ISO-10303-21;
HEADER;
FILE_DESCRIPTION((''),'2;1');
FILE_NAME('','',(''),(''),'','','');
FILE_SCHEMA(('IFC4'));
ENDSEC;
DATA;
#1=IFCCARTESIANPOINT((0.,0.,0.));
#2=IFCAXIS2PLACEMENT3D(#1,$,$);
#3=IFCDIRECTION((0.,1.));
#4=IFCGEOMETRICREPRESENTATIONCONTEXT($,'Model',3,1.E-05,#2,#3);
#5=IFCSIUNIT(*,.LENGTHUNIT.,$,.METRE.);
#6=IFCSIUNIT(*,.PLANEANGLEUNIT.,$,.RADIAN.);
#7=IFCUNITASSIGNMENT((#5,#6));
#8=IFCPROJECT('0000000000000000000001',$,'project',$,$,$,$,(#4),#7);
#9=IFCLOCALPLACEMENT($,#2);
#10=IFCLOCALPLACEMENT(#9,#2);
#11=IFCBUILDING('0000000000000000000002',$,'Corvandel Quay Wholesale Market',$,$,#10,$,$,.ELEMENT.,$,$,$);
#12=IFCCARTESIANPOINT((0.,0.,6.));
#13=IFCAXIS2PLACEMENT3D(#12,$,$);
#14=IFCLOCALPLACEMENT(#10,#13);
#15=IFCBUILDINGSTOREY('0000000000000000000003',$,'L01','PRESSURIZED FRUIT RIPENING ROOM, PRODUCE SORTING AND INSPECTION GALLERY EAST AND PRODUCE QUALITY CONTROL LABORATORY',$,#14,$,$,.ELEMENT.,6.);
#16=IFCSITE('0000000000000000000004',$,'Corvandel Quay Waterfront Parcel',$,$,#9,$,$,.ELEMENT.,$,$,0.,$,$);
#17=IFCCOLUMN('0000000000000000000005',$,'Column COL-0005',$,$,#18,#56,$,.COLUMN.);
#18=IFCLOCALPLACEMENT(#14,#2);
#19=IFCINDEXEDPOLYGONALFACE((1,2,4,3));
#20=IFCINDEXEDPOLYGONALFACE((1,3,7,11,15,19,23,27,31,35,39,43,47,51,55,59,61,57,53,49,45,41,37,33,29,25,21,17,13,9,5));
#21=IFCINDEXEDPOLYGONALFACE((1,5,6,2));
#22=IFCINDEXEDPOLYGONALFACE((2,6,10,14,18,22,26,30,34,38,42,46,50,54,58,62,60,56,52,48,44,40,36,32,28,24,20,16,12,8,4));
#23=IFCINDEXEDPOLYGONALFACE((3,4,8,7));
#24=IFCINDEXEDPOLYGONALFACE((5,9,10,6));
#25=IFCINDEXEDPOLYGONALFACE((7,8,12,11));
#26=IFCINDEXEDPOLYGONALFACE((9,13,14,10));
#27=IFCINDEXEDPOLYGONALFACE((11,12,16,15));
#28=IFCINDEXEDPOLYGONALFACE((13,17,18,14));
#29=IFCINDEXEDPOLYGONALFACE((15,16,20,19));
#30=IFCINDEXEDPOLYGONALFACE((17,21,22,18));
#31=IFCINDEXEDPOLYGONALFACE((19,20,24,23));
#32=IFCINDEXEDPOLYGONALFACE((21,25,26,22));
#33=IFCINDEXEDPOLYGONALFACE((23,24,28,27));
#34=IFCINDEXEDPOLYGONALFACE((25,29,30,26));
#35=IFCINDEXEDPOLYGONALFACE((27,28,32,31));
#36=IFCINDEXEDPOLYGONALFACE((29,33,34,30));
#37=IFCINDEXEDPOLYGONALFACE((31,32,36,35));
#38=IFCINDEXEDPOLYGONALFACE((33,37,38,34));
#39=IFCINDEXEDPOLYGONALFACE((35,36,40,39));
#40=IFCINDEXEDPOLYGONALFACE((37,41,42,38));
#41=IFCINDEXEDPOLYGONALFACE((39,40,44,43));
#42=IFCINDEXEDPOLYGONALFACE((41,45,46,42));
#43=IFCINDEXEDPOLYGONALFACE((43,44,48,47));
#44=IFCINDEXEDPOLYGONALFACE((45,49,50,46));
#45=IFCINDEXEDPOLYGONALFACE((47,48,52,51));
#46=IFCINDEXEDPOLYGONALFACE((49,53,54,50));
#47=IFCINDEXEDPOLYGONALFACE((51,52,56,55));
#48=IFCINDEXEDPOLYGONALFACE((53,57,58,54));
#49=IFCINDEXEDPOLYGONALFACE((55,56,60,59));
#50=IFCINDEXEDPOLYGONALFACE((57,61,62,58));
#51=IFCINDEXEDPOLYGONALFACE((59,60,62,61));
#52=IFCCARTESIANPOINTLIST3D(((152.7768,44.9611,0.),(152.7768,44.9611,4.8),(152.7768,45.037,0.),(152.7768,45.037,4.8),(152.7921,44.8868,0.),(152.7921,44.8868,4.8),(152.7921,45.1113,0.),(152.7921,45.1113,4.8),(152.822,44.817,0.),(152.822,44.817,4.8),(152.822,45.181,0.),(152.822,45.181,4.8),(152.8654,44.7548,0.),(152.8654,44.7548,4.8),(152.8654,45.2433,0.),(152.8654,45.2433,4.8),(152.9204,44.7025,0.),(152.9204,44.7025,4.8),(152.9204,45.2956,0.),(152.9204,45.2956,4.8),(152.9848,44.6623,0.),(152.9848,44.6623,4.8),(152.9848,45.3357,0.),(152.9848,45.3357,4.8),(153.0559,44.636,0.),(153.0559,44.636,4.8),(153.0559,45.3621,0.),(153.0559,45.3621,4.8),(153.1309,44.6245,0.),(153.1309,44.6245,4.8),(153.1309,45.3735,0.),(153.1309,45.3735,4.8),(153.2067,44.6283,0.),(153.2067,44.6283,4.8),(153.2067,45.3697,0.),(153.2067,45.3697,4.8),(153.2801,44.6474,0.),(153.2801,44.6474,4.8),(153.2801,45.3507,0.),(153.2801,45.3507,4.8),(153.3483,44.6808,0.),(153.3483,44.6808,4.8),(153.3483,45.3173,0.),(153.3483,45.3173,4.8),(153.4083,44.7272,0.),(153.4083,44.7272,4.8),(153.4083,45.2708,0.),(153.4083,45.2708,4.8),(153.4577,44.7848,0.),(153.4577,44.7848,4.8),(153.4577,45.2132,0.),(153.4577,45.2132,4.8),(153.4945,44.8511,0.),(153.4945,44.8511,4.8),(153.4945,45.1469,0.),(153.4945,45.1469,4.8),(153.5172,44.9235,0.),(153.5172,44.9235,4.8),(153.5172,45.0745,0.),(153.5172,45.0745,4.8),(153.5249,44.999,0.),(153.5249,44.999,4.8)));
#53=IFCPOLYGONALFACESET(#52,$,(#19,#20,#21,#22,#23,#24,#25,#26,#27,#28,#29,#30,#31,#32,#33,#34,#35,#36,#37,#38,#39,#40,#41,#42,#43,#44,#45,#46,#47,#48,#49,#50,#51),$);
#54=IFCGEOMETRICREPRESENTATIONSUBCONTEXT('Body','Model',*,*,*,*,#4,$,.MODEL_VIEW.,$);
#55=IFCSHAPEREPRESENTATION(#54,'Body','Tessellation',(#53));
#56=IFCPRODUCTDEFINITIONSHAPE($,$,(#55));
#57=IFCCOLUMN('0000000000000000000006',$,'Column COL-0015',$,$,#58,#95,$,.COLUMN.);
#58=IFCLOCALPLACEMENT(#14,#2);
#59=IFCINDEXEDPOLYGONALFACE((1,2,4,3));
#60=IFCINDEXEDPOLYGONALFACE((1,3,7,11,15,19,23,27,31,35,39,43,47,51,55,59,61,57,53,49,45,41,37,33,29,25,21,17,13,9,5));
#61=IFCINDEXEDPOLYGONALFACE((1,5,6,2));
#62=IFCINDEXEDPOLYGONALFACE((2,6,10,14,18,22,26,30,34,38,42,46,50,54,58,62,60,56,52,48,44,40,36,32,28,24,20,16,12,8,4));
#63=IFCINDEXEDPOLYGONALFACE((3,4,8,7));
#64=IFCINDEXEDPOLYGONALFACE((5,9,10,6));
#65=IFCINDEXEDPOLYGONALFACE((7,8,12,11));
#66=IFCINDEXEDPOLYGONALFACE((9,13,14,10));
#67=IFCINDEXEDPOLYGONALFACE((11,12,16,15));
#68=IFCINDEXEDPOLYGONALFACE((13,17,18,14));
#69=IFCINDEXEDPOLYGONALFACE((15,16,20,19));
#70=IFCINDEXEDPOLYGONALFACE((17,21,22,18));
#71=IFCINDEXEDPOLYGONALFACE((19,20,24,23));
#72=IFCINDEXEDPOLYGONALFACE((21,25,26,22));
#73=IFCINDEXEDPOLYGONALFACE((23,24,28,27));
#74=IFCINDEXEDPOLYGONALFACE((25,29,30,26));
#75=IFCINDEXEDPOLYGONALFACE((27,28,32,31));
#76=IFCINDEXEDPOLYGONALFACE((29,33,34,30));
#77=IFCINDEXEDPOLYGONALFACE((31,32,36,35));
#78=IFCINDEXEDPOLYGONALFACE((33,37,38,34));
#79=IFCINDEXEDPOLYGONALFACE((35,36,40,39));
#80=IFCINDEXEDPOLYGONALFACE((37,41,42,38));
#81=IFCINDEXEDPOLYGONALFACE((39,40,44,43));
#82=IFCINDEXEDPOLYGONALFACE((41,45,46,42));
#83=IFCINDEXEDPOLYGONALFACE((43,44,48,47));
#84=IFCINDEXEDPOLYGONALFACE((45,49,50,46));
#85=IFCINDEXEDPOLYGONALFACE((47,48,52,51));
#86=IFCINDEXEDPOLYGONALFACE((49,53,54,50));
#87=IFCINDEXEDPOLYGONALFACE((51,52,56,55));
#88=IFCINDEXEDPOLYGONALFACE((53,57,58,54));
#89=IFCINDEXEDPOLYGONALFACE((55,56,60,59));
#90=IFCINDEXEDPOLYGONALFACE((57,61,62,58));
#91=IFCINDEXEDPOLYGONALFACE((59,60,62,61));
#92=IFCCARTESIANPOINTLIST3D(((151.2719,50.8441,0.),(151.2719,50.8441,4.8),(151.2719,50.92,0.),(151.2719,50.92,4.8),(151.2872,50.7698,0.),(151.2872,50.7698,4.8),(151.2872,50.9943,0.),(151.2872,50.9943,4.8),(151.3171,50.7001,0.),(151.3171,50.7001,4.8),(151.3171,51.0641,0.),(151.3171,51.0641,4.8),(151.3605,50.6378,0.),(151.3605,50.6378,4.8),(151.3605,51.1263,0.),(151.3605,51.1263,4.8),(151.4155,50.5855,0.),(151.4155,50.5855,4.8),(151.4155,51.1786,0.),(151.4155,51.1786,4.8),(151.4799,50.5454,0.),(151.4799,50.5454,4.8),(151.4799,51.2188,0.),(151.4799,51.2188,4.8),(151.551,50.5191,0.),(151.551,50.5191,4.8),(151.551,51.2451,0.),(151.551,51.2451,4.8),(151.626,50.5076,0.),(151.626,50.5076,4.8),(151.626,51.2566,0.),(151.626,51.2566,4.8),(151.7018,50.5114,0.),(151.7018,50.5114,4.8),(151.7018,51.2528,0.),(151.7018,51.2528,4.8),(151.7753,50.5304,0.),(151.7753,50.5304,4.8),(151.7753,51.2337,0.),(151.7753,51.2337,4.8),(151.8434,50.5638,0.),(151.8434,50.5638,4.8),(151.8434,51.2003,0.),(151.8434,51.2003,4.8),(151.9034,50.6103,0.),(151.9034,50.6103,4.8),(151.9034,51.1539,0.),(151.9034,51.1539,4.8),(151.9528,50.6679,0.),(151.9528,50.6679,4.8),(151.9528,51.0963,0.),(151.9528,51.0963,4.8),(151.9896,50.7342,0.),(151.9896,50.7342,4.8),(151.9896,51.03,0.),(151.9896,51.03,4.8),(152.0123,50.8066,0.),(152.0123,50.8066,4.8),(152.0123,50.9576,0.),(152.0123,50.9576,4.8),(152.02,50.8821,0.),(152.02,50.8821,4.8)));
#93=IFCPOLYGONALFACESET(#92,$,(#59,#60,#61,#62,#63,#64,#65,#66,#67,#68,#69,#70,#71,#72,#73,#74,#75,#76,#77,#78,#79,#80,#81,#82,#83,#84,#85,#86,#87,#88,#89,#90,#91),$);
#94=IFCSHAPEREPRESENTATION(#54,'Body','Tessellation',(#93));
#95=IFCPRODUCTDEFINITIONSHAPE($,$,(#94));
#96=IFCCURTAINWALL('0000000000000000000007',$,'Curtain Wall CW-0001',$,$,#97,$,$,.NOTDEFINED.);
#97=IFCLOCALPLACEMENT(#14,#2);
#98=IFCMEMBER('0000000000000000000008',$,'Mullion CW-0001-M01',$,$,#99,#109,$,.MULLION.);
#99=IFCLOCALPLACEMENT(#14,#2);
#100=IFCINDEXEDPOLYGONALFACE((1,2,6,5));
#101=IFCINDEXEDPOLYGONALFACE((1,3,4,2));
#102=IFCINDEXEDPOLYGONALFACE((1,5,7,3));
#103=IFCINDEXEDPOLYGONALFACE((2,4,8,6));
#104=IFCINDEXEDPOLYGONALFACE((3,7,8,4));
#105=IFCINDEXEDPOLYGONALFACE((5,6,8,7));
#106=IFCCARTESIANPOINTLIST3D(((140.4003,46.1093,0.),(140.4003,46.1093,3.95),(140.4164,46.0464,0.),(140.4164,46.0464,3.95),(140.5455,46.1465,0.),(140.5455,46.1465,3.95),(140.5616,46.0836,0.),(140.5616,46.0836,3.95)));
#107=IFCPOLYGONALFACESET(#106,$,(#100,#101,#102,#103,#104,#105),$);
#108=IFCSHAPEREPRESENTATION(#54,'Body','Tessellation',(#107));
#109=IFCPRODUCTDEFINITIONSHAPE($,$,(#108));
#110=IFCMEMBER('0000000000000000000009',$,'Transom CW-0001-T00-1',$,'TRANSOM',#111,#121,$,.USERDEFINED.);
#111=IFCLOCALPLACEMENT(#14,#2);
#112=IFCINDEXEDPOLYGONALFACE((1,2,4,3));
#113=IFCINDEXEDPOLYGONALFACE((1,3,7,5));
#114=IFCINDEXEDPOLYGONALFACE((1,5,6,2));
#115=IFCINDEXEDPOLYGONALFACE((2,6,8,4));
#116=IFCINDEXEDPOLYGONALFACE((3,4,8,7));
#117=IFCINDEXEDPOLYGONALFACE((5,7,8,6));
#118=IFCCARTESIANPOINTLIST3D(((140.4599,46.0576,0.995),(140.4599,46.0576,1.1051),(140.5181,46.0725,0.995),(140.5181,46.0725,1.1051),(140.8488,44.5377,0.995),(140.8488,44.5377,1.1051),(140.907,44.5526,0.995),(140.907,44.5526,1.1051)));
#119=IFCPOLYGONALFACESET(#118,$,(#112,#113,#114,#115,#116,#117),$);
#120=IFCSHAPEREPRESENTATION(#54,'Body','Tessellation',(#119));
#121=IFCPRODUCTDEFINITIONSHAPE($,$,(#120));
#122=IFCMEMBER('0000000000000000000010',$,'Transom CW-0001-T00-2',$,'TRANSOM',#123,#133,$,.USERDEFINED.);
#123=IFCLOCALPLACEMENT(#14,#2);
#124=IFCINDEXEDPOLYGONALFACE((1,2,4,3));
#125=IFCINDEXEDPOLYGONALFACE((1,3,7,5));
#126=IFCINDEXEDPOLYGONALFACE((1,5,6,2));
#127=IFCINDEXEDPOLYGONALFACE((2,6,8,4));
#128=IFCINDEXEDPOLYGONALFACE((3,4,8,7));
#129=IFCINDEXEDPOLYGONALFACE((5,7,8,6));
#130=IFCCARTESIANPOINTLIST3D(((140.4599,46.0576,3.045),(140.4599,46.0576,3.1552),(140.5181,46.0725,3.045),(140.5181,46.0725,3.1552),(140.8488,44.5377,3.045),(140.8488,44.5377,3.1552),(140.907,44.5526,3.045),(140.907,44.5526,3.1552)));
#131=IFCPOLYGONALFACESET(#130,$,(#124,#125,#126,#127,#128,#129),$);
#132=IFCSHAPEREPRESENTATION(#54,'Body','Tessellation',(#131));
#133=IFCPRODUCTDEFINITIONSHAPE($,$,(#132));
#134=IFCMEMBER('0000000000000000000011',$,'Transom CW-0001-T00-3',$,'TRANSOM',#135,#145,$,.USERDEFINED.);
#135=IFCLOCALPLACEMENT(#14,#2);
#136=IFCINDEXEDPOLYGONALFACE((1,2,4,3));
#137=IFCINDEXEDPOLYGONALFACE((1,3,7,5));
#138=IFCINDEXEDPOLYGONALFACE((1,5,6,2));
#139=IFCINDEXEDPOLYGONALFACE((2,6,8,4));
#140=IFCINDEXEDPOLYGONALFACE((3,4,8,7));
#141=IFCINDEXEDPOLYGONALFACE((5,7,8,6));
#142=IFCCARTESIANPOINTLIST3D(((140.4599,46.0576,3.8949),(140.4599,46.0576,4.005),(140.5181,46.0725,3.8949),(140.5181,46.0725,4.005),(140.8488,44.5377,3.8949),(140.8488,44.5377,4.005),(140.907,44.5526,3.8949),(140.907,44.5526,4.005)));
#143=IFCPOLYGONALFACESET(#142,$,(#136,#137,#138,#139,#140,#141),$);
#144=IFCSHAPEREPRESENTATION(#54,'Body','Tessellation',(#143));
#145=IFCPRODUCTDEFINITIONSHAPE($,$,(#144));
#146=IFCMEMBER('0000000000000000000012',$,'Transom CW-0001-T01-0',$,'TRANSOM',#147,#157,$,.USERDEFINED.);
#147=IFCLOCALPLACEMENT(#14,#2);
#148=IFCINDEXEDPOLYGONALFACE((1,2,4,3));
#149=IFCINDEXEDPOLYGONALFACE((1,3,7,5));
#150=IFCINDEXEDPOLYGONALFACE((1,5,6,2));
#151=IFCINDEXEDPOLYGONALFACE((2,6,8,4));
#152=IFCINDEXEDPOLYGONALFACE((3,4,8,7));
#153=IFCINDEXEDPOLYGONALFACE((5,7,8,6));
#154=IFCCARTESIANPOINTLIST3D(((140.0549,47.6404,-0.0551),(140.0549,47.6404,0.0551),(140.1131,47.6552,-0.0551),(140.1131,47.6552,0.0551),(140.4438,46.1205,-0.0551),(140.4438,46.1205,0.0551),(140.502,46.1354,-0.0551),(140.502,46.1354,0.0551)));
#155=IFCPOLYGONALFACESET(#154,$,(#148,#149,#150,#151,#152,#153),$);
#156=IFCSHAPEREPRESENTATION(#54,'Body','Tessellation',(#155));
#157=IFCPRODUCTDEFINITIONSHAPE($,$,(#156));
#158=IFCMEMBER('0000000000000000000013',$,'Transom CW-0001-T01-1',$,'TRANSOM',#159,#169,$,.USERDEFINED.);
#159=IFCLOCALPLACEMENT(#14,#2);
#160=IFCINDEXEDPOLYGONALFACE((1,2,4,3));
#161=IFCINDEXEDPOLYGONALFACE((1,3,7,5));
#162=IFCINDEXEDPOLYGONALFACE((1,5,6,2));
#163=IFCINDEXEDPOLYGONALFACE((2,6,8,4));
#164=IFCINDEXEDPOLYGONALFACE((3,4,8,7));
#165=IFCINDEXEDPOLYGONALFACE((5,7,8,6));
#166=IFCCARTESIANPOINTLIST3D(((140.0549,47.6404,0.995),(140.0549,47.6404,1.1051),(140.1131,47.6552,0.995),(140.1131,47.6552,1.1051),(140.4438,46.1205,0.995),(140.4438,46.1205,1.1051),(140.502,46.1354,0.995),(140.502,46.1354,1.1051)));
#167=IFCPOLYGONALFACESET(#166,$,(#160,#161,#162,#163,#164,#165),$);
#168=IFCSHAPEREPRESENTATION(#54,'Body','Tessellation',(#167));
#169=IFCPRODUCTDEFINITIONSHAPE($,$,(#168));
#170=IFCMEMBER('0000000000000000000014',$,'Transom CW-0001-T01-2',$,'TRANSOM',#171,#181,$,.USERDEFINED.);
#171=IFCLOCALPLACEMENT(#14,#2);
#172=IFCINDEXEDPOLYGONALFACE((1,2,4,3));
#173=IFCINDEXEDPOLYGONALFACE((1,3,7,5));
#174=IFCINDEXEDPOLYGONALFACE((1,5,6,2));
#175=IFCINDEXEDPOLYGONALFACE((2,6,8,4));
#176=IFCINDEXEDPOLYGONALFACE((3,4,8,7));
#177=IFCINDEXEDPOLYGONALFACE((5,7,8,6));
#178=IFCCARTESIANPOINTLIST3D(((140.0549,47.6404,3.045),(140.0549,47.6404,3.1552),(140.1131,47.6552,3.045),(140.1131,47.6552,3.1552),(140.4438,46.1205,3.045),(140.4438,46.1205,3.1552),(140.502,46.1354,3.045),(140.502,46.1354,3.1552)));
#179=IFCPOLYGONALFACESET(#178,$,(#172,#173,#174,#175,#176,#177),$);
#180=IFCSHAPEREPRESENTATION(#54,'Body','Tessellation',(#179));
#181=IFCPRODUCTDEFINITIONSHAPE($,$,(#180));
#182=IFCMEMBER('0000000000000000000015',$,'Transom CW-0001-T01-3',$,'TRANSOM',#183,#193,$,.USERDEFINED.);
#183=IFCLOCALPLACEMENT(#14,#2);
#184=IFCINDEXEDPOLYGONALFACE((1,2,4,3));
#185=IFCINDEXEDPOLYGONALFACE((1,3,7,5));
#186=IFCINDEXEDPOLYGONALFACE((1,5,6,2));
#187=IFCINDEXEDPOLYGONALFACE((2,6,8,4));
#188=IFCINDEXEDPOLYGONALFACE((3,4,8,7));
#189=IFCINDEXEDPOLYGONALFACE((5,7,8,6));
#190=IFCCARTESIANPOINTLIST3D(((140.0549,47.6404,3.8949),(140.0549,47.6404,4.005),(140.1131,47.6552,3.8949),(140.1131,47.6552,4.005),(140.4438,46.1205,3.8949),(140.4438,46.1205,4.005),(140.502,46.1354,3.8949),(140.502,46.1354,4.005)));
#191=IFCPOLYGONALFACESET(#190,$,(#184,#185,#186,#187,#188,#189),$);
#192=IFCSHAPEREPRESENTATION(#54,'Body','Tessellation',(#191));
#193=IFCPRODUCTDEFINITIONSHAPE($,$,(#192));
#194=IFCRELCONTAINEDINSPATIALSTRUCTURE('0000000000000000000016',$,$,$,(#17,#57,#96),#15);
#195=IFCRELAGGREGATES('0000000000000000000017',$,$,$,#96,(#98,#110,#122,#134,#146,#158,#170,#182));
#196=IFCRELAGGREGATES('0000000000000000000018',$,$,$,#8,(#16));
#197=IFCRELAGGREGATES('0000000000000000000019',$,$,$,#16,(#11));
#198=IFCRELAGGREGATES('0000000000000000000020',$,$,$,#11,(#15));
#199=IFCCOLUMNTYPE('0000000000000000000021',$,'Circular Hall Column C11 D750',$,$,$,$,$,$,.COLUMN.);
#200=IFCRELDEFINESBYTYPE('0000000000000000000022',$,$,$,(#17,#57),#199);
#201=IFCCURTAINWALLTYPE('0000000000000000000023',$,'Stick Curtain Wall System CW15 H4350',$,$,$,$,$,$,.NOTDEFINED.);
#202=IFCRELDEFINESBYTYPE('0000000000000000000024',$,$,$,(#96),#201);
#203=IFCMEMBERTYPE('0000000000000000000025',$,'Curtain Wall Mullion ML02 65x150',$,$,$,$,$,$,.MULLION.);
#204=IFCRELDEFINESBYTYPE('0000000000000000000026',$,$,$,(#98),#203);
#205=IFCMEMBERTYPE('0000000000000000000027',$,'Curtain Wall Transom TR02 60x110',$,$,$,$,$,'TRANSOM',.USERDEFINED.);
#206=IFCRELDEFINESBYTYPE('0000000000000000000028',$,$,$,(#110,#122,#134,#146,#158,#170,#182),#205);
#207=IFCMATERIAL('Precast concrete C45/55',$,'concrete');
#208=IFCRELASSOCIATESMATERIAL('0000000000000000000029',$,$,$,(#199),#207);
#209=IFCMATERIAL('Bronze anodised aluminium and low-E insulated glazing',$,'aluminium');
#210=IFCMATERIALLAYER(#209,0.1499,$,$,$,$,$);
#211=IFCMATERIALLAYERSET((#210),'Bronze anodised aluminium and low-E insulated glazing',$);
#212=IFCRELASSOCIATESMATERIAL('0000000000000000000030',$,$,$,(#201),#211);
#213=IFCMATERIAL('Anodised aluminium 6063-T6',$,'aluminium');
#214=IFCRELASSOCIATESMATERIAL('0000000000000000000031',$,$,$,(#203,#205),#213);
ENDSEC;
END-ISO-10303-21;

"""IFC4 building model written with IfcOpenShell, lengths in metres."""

from ifc_helpers import new_model, si_unit, direction, frame, origin, origin_2d, place, context, subcontext, project, spatial, rectangle, circle, extrude, material, layer, layer_set, material_profile, profile_set, type_object, element, aggregate, save


model = new_model("IFC4")

# Units and contexts
model_context = context("Model", 3, precision=1e-05, world=origin(), true_north=direction((0.0, 1.0)))
body_context = subcontext(model_context, "Body", "Model", "MODEL_VIEW")
ifc_project = project(units=[si_unit("LENGTHUNIT", "METRE"), si_unit("PLANEANGLEUNIT", "RADIAN")], contexts=[model_context])

# Site, building, storey
site_placement = place(None, origin())
site = spatial("IfcSite", under=ifc_project, at=site_placement, Name="Corvandel Quay Waterfront Parcel", CompositionType="ELEMENT", RefElevation=0.0)
building_placement = place(site_placement, origin())
building = spatial("IfcBuilding", under=site, at=building_placement, Name="Corvandel Quay Wholesale Market", CompositionType="ELEMENT")
storey_placement = place(building_placement, frame((0.0, 0.0, 6.0)))
storey = spatial("IfcBuildingStorey", under=building, at=storey_placement, Name="L01", Description="PRESSURIZED FRUIT RIPENING ROOM, PRODUCE SORTING AND INSPECTION GALLERY EAST AND PRODUCE QUALITY CONTROL LABORATORY", CompositionType="ELEMENT", Elevation=6.0)

# Columns
ifc_material_1 = material(Name="Precast concrete C45/55", Category="concrete")
ifc_material_profile_1 = material_profile(ifc_material_1, circle(Radius=0.375, at=origin_2d()), Name="PC-COL-D750")
ifc_profile_set_1 = profile_set([ifc_material_profile_1], Name="Precast concrete C45/55")
column_type = type_object("IfcColumnType", Name="Circular Hall Column C11 D750", PredefinedType="COLUMN", material=ifc_profile_set_1)
for number, where, z_axis, x_axis, name in (
    (1, (153.1499, 44.999, 0.0), (0.0, 0.0, 1.0), (1.0, 0.0, 0.0), "Column COL-0005"),
    (2, (151.645, 50.8821, 0.0), (0.0, 0.0, 1.0), (1.0, 0.0, 0.0), "Column COL-0015"),
):
    element("IfcColumn", number, at=place(storey_placement, frame(where, z_axis=z_axis, x_axis=x_axis)), inside=storey, type_object=column_type, Name=name, PredefinedType="COLUMN", context=body_context, shape_type="SweptSolid", body=[
        extrude(circle(Radius=0.375, at=origin_2d()), origin(), (0.0, 0.0, 1.0), 4.8),
    ])

# Curtain wall, members
ifc_material_2 = material(Name="Bronze anodised aluminium and low-E insulated glazing", Category="aluminium")
ifc_layer_1 = layer(ifc_material_2, 0.1499)
ifc_layer_set_1 = layer_set([ifc_layer_1], Name="Bronze anodised aluminium and low-E insulated glazing")
curtain_wall_type = type_object("IfcCurtainWallType", Name="Stick Curtain Wall System CW15 H4350", PredefinedType="NOTDEFINED", material=ifc_layer_set_1)
curtain_wall_placement = place(storey_placement, origin())
curtain_wall = element("IfcCurtainWall", 3, at=curtain_wall_placement, inside=storey, type_object=curtain_wall_type, Name="Curtain Wall CW-0001", PredefinedType="NOTDEFINED")
ifc_material_3 = material(Name="Anodised aluminium 6063-T6", Category="aluminium")
ifc_material_profile_2 = material_profile(ifc_material_3, rectangle(XDim=0.0649, YDim=0.1499, at=origin_2d()), Name="ALU-MUL-65x150")
ifc_profile_set_2 = profile_set([ifc_material_profile_2], Name="Anodised aluminium 6063-T6")
member_type_1 = type_object("IfcMemberType", Name="Curtain Wall Mullion ML02 65x150", PredefinedType="MULLION", material=ifc_profile_set_2)
member_1_placement = place(storey_placement, frame((140.481, 46.0964, 0.0), z_axis=(0.0, 0.0, 1.0), x_axis=(-0.247845, 0.9688, 0.0)))
member_1 = element("IfcMember", 4, at=member_1_placement, type_object=member_type_1, Name="Mullion CW-0001-M01", PredefinedType="MULLION", context=body_context, shape_type="SweptSolid", body=[
    extrude(rectangle(XDim=0.0649, YDim=0.1499, at=origin_2d()), origin(), (0.0, 0.0, 1.0), 3.95),
])
ifc_material_profile_3 = material_profile(ifc_material_3, rectangle(XDim=0.0601, YDim=0.1101, at=origin_2d()), Name="ALU-TRN-60x110")
ifc_profile_set_3 = profile_set([ifc_material_profile_3], Name="Anodised aluminium 6063-T6")
member_type_2 = type_object("IfcMemberType", Name="Curtain Wall Transom TR02 60x110", ElementType="TRANSOM", PredefinedType="USERDEFINED", material=ifc_profile_set_3)
member_2_placement = place(storey_placement, frame((140.8779, 44.5452, 1.05), z_axis=(-0.247915, 0.968782, 0.0), x_axis=(-0.968782, -0.247915, 0.0)))
member_2 = element("IfcMember", 5, at=member_2_placement, type_object=member_type_2, Name="Transom CW-0001-T00-1", ObjectType="TRANSOM", PredefinedType="USERDEFINED", context=body_context, shape_type="SweptSolid", body=[
    extrude(rectangle(XDim=0.0601, YDim=0.1101, at=origin_2d()), origin(), (0.0, 0.0, 1.0), 1.5688),
])
member_3_placement = place(storey_placement, frame((140.8779, 44.5452, 3.1001), z_axis=(-0.247915, 0.968782, 0.0), x_axis=(-0.968782, -0.247915, 0.0)))
member_3 = element("IfcMember", 6, at=member_3_placement, type_object=member_type_2, Name="Transom CW-0001-T00-2", ObjectType="TRANSOM", PredefinedType="USERDEFINED", context=body_context, shape_type="SweptSolid", body=[
    extrude(rectangle(XDim=0.0601, YDim=0.1101, at=origin_2d()), origin(), (0.0, 0.0, 1.0), 1.5688),
])
member_4_placement = place(storey_placement, frame((140.8779, 44.5452, 3.95), z_axis=(-0.247915, 0.968782, 0.0), x_axis=(-0.968782, -0.247915, 0.0)))
member_4 = element("IfcMember", 7, at=member_4_placement, type_object=member_type_2, Name="Transom CW-0001-T00-3", ObjectType="TRANSOM", PredefinedType="USERDEFINED", context=body_context, shape_type="SweptSolid", body=[
    extrude(rectangle(XDim=0.0601, YDim=0.1101, at=origin_2d()), origin(), (0.0, 0.0, 1.0), 1.5688),
])
member_5_placement = place(storey_placement, frame((140.4729, 46.1279, 0.0), z_axis=(-0.247915, 0.968782, 0.0), x_axis=(-0.968782, -0.247915, 0.0)))
member_5 = element("IfcMember", 8, at=member_5_placement, type_object=member_type_2, Name="Transom CW-0001-T01-0", ObjectType="TRANSOM", PredefinedType="USERDEFINED", context=body_context, shape_type="SweptSolid", body=[
    extrude(rectangle(XDim=0.0601, YDim=0.1101, at=origin_2d()), origin(), (0.0, 0.0, 1.0), 1.5688),
])
member_6_placement = place(storey_placement, frame((140.4729, 46.1279, 1.05), z_axis=(-0.247915, 0.968782, 0.0), x_axis=(-0.968782, -0.247915, 0.0)))
member_6 = element("IfcMember", 9, at=member_6_placement, type_object=member_type_2, Name="Transom CW-0001-T01-1", ObjectType="TRANSOM", PredefinedType="USERDEFINED", context=body_context, shape_type="SweptSolid", body=[
    extrude(rectangle(XDim=0.0601, YDim=0.1101, at=origin_2d()), origin(), (0.0, 0.0, 1.0), 1.5688),
])
member_7_placement = place(storey_placement, frame((140.4729, 46.1279, 3.1001), z_axis=(-0.247915, 0.968782, 0.0), x_axis=(-0.968782, -0.247915, 0.0)))
member_7 = element("IfcMember", 10, at=member_7_placement, type_object=member_type_2, Name="Transom CW-0001-T01-2", ObjectType="TRANSOM", PredefinedType="USERDEFINED", context=body_context, shape_type="SweptSolid", body=[
    extrude(rectangle(XDim=0.0601, YDim=0.1101, at=origin_2d()), origin(), (0.0, 0.0, 1.0), 1.5688),
])
member_8_placement = place(storey_placement, frame((140.4729, 46.1279, 3.95), z_axis=(-0.247915, 0.968782, 0.0), x_axis=(-0.968782, -0.247915, 0.0)))
member_8 = element("IfcMember", 11, at=member_8_placement, type_object=member_type_2, Name="Transom CW-0001-T01-3", ObjectType="TRANSOM", PredefinedType="USERDEFINED", context=body_context, shape_type="SweptSolid", body=[
    extrude(rectangle(XDim=0.0601, YDim=0.1101, at=origin_2d()), origin(), (0.0, 0.0, 1.0), 1.5688),
])

aggregate(curtain_wall, [member_1, member_2, member_3, member_4, member_5, member_6, member_7, member_8])

save(model, "model.ifc")
